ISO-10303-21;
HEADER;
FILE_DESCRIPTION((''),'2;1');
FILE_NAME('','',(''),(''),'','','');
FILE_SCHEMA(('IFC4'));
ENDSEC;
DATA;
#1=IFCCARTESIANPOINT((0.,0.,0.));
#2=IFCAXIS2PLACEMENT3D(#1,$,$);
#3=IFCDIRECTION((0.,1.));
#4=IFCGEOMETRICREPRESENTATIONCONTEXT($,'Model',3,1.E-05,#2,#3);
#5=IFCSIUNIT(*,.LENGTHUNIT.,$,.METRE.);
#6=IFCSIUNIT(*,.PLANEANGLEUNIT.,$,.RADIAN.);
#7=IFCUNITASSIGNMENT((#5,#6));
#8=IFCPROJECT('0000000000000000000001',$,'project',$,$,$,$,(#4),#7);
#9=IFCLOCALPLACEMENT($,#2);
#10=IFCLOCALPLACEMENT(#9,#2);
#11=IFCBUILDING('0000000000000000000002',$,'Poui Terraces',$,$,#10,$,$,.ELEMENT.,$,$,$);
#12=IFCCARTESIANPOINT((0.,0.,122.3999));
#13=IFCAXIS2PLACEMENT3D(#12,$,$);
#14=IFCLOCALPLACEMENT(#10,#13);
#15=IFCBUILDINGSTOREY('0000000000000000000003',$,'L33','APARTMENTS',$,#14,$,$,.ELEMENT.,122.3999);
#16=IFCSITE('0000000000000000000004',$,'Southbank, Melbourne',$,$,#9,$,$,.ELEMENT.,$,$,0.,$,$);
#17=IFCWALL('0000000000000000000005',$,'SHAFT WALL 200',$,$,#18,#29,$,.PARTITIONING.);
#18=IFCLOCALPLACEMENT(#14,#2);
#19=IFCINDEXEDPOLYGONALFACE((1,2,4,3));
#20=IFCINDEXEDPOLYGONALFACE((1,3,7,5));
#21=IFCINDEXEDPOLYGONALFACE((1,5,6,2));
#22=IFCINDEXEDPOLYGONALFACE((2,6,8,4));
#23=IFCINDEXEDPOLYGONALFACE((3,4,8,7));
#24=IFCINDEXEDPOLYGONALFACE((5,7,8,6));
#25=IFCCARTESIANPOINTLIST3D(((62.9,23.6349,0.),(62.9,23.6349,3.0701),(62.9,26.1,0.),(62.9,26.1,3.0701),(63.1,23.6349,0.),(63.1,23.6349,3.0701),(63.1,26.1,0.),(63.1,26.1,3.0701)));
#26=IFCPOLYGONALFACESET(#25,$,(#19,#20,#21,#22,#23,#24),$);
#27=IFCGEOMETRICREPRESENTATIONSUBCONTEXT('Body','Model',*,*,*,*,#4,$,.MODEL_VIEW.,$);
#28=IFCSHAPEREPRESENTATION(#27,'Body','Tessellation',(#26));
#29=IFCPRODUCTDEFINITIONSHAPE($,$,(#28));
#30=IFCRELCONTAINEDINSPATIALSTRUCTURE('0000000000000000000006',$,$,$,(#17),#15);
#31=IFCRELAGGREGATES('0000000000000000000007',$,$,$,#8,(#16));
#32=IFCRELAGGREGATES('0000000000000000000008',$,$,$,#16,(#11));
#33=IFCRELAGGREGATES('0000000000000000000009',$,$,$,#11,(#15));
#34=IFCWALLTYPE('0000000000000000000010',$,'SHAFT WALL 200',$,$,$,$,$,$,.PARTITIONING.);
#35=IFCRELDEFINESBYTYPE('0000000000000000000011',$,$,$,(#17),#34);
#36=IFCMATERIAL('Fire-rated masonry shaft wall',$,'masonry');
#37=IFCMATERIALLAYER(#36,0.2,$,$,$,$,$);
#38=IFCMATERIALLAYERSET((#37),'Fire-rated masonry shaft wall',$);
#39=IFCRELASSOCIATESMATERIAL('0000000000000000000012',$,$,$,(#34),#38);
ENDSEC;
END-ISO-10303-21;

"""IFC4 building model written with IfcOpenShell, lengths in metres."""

from ifc_helpers import new_model, si_unit, direction, frame, frame_2d, origin, place, context, subcontext, project, spatial, rectangle, extrude, material, layer, layer_set, type_object, element, save


model = new_model("IFC4")

# Units and contexts
model_context = context("Model", 3, precision=1e-05, world=origin(), true_north=direction((0.0, 1.0)))
body_context = subcontext(model_context, "Body", "Model", "MODEL_VIEW")
ifc_project = project(units=[si_unit("LENGTHUNIT", "METRE"), si_unit("PLANEANGLEUNIT", "RADIAN")], contexts=[model_context])

# Site, building, storey
site_placement = place(None, origin())
site = spatial("IfcSite", under=ifc_project, at=site_placement, Name="Southbank, Melbourne", CompositionType="ELEMENT", RefElevation=0.0)
building_placement = place(site_placement, origin())
building = spatial("IfcBuilding", under=site, at=building_placement, Name="Poui Terraces", CompositionType="ELEMENT")
storey_placement = place(building_placement, frame((0.0, 0.0, 122.3999)))
storey = spatial("IfcBuildingStorey", under=building, at=storey_placement, Name="L33", Description="APARTMENTS", CompositionType="ELEMENT", Elevation=122.3999)

# Wall
ifc_material_1 = material(Name="Fire-rated masonry shaft wall", Category="masonry")
ifc_layer_1 = layer(ifc_material_1, 0.2)
ifc_layer_set_1 = layer_set([ifc_layer_1], Name="Fire-rated masonry shaft wall")
wall_type_1 = type_object("IfcWallType", Name="SHAFT WALL 200", PredefinedType="PARTITIONING", material=ifc_layer_set_1)
for number, where, z_axis, x_axis, name in (
    (1, (63.0, 23.635, 0.0), (0.0, 0.0, 1.0), (0.0, 1.0, 0.0), "SHAFT WALL 200"),
):
    element("IfcWall", number, at=place(storey_placement, frame(where, z_axis=z_axis, x_axis=x_axis)), inside=storey, type_object=wall_type_1, Name=name, PredefinedType="PARTITIONING", context=body_context, shape_type="SweptSolid", body=[
        extrude(rectangle(XDim=2.4651, YDim=0.2, at=frame_2d((1.2324, 0.0))), origin(), (0.0, 0.0, 1.0), 3.0701),
    ])

save(model, "model.ifc")
